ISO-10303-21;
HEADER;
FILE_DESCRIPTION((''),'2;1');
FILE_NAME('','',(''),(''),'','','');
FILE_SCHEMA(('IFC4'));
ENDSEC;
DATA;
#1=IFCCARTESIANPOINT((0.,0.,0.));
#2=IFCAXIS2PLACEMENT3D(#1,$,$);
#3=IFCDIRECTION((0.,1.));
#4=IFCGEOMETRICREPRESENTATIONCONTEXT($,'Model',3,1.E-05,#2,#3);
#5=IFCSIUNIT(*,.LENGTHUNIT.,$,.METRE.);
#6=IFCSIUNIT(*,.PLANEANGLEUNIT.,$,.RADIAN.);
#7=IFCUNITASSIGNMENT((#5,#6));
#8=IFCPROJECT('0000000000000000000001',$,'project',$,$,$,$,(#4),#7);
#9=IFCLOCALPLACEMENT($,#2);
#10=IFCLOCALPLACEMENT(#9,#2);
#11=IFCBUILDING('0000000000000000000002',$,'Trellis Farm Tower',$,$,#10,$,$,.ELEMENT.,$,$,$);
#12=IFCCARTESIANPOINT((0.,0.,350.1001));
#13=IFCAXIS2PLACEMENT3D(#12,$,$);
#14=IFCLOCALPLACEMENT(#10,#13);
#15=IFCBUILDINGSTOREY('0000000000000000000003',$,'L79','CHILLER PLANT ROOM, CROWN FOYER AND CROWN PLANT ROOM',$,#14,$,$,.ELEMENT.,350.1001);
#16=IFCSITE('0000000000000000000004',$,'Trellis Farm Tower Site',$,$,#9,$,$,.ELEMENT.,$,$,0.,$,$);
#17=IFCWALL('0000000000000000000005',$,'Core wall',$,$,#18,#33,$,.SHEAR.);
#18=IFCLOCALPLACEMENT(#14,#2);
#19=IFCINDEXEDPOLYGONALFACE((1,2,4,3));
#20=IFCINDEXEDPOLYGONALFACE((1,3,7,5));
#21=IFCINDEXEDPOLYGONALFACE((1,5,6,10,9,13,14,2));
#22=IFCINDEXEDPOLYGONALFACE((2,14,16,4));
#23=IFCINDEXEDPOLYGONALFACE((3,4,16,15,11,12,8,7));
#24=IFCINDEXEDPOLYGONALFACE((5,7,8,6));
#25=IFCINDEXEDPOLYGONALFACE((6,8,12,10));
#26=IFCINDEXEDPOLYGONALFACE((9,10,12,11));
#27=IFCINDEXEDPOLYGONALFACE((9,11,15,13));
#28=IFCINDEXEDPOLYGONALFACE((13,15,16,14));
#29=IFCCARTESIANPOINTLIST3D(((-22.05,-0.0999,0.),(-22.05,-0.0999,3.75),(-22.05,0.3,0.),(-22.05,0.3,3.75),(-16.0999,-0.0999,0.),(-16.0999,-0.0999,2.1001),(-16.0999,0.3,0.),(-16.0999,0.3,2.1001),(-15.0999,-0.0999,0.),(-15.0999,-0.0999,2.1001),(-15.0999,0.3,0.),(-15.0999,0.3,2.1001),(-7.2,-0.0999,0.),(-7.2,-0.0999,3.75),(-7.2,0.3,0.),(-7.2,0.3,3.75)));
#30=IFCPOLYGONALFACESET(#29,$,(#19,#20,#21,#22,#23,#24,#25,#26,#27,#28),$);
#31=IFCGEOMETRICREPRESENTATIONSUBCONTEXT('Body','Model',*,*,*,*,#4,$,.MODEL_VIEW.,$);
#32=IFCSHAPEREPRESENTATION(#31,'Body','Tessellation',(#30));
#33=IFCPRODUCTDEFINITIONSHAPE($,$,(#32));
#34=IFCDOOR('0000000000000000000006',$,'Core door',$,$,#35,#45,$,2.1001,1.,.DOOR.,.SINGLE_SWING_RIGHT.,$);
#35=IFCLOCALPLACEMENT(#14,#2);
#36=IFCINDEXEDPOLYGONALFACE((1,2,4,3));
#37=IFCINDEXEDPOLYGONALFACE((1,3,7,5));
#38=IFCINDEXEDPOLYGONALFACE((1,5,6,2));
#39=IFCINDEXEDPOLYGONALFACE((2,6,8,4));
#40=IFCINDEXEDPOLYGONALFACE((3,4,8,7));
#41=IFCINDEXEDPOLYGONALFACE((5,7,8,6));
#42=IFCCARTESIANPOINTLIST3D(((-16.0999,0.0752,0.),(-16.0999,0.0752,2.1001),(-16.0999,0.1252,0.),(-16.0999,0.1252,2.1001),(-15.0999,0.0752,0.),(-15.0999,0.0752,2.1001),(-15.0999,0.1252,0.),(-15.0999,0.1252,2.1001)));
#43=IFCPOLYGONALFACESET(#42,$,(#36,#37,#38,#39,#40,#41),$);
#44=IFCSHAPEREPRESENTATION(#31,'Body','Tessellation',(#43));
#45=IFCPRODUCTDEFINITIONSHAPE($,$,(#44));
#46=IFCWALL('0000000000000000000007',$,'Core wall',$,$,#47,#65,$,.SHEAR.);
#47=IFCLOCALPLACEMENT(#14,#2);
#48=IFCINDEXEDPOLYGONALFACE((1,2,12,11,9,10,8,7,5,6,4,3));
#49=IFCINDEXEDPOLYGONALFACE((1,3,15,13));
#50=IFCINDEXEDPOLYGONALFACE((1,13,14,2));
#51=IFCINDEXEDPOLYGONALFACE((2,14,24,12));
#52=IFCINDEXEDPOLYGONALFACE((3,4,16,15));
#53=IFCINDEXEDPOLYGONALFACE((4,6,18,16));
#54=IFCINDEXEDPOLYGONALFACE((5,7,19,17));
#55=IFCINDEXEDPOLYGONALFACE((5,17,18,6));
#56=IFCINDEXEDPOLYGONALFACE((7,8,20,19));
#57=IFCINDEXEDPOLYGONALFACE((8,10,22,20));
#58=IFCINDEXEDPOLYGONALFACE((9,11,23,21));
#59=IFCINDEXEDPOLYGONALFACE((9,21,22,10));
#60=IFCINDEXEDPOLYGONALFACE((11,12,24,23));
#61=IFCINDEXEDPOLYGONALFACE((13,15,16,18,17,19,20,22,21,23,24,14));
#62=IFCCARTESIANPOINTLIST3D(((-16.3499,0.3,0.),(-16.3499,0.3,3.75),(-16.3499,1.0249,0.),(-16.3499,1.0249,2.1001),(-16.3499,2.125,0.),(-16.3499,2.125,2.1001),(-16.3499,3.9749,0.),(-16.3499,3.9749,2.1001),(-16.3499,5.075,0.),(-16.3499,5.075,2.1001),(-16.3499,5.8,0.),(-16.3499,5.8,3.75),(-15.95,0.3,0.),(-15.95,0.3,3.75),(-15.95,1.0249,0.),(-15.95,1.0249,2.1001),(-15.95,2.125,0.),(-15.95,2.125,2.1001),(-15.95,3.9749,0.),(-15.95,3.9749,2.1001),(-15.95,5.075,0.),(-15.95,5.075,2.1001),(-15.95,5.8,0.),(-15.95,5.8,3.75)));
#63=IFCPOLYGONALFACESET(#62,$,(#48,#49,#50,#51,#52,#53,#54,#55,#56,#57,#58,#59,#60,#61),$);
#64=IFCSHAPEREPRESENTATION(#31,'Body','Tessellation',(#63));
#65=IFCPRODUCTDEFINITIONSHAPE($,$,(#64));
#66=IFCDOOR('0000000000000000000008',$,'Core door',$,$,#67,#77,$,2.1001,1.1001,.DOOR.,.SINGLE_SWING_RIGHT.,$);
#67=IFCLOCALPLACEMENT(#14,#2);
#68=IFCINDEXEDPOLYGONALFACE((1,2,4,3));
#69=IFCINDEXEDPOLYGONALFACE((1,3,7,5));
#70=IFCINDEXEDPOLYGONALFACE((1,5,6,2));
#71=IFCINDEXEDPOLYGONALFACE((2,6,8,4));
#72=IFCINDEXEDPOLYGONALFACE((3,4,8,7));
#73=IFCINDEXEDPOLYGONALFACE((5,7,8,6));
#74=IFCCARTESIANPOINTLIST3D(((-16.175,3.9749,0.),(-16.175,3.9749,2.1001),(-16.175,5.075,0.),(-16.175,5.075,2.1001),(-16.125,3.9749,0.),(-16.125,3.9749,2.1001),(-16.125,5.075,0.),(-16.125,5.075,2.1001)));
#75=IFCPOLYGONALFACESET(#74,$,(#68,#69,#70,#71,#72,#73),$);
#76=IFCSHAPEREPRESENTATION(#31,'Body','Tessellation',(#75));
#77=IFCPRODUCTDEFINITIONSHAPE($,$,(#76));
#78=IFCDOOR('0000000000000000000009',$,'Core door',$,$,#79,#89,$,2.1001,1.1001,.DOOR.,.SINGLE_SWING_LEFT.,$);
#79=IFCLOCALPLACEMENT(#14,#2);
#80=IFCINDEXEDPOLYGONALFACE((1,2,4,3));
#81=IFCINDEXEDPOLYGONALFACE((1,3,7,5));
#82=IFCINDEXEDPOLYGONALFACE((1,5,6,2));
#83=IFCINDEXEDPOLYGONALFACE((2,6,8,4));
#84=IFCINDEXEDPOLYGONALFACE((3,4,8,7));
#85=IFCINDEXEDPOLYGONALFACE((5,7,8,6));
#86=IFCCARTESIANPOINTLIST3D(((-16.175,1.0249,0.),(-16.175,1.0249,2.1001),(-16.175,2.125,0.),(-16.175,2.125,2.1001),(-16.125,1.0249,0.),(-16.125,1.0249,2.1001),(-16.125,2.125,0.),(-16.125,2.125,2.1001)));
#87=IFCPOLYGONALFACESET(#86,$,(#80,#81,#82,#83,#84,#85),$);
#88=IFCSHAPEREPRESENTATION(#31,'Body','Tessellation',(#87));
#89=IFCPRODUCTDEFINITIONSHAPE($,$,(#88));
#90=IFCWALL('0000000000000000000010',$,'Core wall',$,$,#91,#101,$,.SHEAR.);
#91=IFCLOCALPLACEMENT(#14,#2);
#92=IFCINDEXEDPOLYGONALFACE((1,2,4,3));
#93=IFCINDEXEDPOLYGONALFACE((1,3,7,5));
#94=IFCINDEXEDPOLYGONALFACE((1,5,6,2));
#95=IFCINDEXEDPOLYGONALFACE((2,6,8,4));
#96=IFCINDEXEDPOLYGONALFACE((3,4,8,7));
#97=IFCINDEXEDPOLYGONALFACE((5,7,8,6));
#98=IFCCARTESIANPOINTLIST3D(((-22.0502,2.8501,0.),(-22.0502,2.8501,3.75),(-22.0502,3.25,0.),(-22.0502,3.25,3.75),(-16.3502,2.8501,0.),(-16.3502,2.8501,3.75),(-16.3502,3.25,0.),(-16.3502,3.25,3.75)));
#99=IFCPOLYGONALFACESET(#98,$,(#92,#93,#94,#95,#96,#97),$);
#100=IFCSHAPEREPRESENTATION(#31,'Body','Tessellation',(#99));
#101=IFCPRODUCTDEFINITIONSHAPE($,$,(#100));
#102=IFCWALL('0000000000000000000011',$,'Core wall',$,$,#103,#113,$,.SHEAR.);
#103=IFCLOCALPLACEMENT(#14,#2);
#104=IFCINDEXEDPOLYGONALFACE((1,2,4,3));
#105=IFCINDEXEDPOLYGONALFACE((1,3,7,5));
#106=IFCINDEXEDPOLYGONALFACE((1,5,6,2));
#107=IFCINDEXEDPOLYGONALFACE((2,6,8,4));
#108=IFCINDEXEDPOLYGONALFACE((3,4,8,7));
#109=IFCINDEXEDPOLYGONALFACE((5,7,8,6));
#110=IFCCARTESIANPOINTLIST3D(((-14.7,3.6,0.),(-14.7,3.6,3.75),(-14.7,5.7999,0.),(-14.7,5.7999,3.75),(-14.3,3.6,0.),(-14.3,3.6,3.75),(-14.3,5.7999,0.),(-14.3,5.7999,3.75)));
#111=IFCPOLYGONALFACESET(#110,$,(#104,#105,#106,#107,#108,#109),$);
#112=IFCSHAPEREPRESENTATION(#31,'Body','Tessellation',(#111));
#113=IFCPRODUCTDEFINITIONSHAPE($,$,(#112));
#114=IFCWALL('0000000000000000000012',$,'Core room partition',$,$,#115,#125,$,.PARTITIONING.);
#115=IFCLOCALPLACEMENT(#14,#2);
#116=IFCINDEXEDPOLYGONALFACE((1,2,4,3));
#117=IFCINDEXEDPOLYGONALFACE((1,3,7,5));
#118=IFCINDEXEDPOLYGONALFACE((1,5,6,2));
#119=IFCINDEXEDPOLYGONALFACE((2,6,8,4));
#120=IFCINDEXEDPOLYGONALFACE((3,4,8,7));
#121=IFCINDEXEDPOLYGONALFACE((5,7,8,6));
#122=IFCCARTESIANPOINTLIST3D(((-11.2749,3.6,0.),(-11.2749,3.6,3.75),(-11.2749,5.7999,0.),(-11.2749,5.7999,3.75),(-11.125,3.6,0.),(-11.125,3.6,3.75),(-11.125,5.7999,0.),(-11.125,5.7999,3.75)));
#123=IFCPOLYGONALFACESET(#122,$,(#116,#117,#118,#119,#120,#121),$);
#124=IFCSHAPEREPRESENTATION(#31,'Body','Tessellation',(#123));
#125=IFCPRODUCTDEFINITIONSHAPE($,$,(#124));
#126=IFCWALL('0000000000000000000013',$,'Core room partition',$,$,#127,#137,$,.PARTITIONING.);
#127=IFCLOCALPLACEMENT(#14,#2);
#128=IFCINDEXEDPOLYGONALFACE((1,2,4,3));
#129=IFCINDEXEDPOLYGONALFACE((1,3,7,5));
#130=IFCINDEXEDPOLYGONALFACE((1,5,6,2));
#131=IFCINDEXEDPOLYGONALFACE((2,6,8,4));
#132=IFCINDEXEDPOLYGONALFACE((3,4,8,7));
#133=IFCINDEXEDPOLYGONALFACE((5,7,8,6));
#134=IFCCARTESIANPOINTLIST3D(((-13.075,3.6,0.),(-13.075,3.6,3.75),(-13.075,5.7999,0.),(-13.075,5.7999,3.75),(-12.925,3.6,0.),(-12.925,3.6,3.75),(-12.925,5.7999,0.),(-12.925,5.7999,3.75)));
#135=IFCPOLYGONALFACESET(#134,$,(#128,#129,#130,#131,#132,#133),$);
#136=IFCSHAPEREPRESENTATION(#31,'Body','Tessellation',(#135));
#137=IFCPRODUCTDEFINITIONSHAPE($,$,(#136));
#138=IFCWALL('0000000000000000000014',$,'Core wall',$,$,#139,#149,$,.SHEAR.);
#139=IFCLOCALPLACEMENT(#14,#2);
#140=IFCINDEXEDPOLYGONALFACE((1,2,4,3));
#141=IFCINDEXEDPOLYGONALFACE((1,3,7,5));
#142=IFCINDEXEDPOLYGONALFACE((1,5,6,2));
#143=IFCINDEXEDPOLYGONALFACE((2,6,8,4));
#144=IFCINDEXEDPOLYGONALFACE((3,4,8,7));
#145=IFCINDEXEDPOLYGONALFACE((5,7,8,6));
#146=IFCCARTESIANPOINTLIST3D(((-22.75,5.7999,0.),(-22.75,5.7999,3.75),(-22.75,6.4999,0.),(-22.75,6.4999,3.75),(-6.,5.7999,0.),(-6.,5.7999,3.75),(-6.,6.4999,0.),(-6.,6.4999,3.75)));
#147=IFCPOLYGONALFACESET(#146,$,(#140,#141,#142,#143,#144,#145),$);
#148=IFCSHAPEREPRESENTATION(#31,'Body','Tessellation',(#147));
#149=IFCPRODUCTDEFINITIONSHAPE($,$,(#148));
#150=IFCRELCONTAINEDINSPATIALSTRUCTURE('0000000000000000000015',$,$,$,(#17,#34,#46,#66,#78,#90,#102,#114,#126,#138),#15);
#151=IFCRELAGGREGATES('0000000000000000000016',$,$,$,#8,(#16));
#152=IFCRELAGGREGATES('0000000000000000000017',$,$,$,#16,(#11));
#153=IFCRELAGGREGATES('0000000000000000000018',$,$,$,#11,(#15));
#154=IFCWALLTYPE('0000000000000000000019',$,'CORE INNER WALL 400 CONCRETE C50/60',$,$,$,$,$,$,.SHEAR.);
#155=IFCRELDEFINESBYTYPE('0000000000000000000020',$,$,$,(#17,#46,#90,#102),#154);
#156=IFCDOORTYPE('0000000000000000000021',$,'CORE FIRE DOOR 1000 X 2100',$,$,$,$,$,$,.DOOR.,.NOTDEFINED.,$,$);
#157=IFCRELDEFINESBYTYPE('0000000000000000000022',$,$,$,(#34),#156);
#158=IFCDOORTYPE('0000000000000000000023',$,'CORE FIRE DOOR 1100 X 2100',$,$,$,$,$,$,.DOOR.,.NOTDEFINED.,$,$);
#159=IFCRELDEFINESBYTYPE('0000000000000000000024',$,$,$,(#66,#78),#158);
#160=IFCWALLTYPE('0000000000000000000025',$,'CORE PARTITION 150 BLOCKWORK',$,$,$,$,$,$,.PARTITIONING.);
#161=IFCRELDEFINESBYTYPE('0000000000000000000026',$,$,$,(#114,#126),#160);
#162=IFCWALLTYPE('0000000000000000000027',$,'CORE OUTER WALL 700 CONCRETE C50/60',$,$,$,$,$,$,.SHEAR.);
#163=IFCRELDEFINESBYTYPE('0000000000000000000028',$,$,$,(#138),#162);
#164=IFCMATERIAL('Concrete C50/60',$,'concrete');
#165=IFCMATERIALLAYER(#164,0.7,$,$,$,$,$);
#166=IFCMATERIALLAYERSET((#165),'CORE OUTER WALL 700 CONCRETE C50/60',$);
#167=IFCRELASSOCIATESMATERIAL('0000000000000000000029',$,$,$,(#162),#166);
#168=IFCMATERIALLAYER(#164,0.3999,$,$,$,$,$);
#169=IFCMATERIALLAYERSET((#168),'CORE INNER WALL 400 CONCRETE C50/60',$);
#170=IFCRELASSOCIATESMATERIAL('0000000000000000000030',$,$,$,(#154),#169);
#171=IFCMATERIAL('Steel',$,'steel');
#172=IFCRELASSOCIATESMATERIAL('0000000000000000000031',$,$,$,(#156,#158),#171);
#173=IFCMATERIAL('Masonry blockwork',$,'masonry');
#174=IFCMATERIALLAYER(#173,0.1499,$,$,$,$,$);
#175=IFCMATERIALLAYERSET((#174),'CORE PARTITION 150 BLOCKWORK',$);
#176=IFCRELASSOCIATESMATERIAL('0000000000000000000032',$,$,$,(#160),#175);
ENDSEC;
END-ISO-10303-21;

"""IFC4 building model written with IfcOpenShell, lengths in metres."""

from ifc_helpers import new_model, si_unit, direction, frame, frame_2d, origin, place, context, subcontext, project, spatial, rectangle, extrude, source, transform, mapped, material, layer, layer_set, type_object, element, fill, save


model = new_model("IFC4")

# Units and contexts
model_context = context("Model", 3, precision=1e-05, world=origin(), true_north=direction((0.0, 1.0)))
body_context = subcontext(model_context, "Body", "Model", "MODEL_VIEW")
ifc_project = project(units=[si_unit("LENGTHUNIT", "METRE"), si_unit("PLANEANGLEUNIT", "RADIAN")], contexts=[model_context])

# Site, building, storey
site_placement = place(None, origin())
site = spatial("IfcSite", under=ifc_project, at=site_placement, Name="Trellis Farm Tower Site", CompositionType="ELEMENT", RefElevation=0.0)
building_placement = place(site_placement, origin())
building = spatial("IfcBuilding", under=site, at=building_placement, Name="Trellis Farm Tower", CompositionType="ELEMENT")
storey_placement = place(building_placement, frame((0.0, 0.0, 350.1001)))
storey = spatial("IfcBuildingStorey", under=building, at=storey_placement, Name="L79", Description="CHILLER PLANT ROOM, CROWN FOYER AND CROWN PLANT ROOM", CompositionType="ELEMENT", Elevation=350.1001)

# Shared definitions
ifc_material_1 = material(Name="Concrete C50/60", Category="concrete")

# Shared definitions
ifc_layer_1 = layer(ifc_material_1, 0.7)
ifc_layer_set_1 = layer_set([ifc_layer_1], Name="CORE OUTER WALL 700 CONCRETE C50/60")
wall_type_1 = type_object("IfcWallType", Name="CORE OUTER WALL 700 CONCRETE C50/60", PredefinedType="SHEAR", material=ifc_layer_set_1)
ifc_material_2 = material(Name="Steel", Category="steel")

# Shared definitions
ifc_layer_2 = layer(ifc_material_1, 0.3999)
ifc_layer_set_2 = layer_set([ifc_layer_2], Name="CORE INNER WALL 400 CONCRETE C50/60")
wall_type_2 = type_object("IfcWallType", Name="CORE INNER WALL 400 CONCRETE C50/60", PredefinedType="SHEAR", material=ifc_layer_set_2)

# Wall, opening, door
shared_shape_1 = source(origin(), body_context, "Body", "SweptSolid", [
    extrude(rectangle(XDim=14.8501, YDim=0.3999, at=frame_2d((7.425, 0.0))), origin(), (0.0, 0.0, 1.0), 3.75),
])
wall_1_placement = place(storey_placement, frame((-7.2, 0.1001, 0.0), z_axis=(0.0, 0.0, 1.0), x_axis=(-1.0, 0.0, 0.0)))
wall_1 = element("IfcWall", 1, at=wall_1_placement, inside=storey, type_object=wall_type_2, Name="Core wall", PredefinedType="SHEAR", context=body_context, shape_type="MappedRepresentation", body=[
    mapped(shared_shape_1, transform((0.0, 0.0, 0.0))),
])
shared_shape_2 = source(origin(), body_context, "Body", "SweptSolid", [
    extrude(rectangle(XDim=1.0, YDim=2.1001, at=frame_2d((0.5, 1.05))), frame((0.0, 0.21, 0.0), z_axis=(0.0, -1.0, 0.0), x_axis=(1.0, 0.0, 0.0)), (0.0, 0.0, 1.0), 0.4199),
])
opening_1_placement = place(wall_1_placement, frame((7.8999, 0.0, 0.0)))
opening_1 = element("IfcOpeningElement", 2, at=opening_1_placement, cuts=wall_1, PredefinedType="OPENING", context=body_context, shape_type="MappedRepresentation", body=[
    mapped(shared_shape_2, transform((0.0, 0.0, 0.0))),
])
door_type_1 = type_object("IfcDoorType", Name="CORE FIRE DOOR 1000 X 2100", OperationType="NOTDEFINED", PredefinedType="DOOR", material=ifc_material_2)
shared_shape_3 = source(origin(), body_context, "Body", "SweptSolid", [
    extrude(rectangle(XDim=1.0, YDim=2.1001, at=frame_2d((0.5, 1.05))), frame((0.0, 0.0249, 0.0), z_axis=(0.0, -1.0, 0.0), x_axis=(1.0, 0.0, 0.0)), (0.0, 0.0, 1.0), 0.05),
])
door_1_placement = place(opening_1_placement, origin())
door_1 = element("IfcDoor", 3, at=door_1_placement, inside=storey, type_object=door_type_1, Name="Core door", OperationType="SINGLE_SWING_RIGHT", OverallHeight=2.1001, OverallWidth=1.0, PredefinedType="DOOR", context=body_context, shape_type="MappedRepresentation", body=[
    mapped(shared_shape_3, transform((0.0, 0.0, 0.0))),
])
fill(opening_1, door_1)

# Wall, openings, doors
shared_shape_4 = source(origin(), body_context, "Body", "SweptSolid", [
    extrude(rectangle(XDim=5.5, YDim=0.3999, at=frame_2d((2.75, 0.0))), origin(), (0.0, 0.0, 1.0), 3.75),
])
wall_2_placement = place(storey_placement, frame((-16.1499, 5.8, 0.0), z_axis=(0.0, 0.0, 1.0), x_axis=(0.0, -1.0, 0.0)))
wall_2 = element("IfcWall", 4, at=wall_2_placement, inside=storey, type_object=wall_type_2, Name="Core wall", PredefinedType="SHEAR", context=body_context, shape_type="MappedRepresentation", body=[
    mapped(shared_shape_4, transform((0.0, 0.0, 0.0))),
])
shared_shape_5 = source(origin(), body_context, "Body", "SweptSolid", [
    extrude(rectangle(XDim=1.1001, YDim=2.1001, at=frame_2d((0.55, 1.05))), frame((0.0, 0.21, 0.0), z_axis=(0.0, -1.0, 0.0), x_axis=(1.0, 0.0, 0.0)), (0.0, 0.0, 1.0), 0.4199),
])
opening_2_placement = place(wall_2_placement, frame((0.7251, 0.0, 0.0)))
opening_2 = element("IfcOpeningElement", 5, at=opening_2_placement, cuts=wall_2, PredefinedType="OPENING", context=body_context, shape_type="MappedRepresentation", body=[
    mapped(shared_shape_5, transform((0.0, 0.0, 0.0))),
])
opening_3_placement = place(wall_2_placement, frame((3.675, 0.0, 0.0)))
opening_3 = element("IfcOpeningElement", 6, at=opening_3_placement, cuts=wall_2, PredefinedType="OPENING", context=body_context, shape_type="MappedRepresentation", body=[
    mapped(shared_shape_5, transform((0.0, 0.0, 0.0))),
])
door_type_2 = type_object("IfcDoorType", Name="CORE FIRE DOOR 1100 X 2100", OperationType="NOTDEFINED", PredefinedType="DOOR", material=ifc_material_2)
shared_shape_6 = source(origin(), body_context, "Body", "SweptSolid", [
    extrude(rectangle(XDim=1.1001, YDim=2.1001, at=frame_2d((0.55, 1.05))), frame((0.0, 0.0249, 0.0), z_axis=(0.0, -1.0, 0.0), x_axis=(1.0, 0.0, 0.0)), (0.0, 0.0, 1.0), 0.05),
])
door_2_placement = place(opening_2_placement, origin())
door_2 = element("IfcDoor", 7, at=door_2_placement, inside=storey, type_object=door_type_2, Name="Core door", OperationType="SINGLE_SWING_RIGHT", OverallHeight=2.1001, OverallWidth=1.1001, PredefinedType="DOOR", context=body_context, shape_type="MappedRepresentation", body=[
    mapped(shared_shape_6, transform((0.0, 0.0, 0.0))),
])
fill(opening_2, door_2)
door_3_placement = place(opening_3_placement, origin())
door_3 = element("IfcDoor", 8, at=door_3_placement, inside=storey, type_object=door_type_2, Name="Core door", OperationType="SINGLE_SWING_LEFT", OverallHeight=2.1001, OverallWidth=1.1001, PredefinedType="DOOR", context=body_context, shape_type="MappedRepresentation", body=[
    mapped(shared_shape_6, transform((0.0, 0.0, 0.0))),
])
fill(opening_3, door_3)

# Walls
shared_shape_7 = source(origin(), body_context, "Body", "SweptSolid", [
    extrude(rectangle(XDim=5.7, YDim=0.3999, at=frame_2d((2.8501, 0.0))), origin(), (0.0, 0.0, 1.0), 3.75),
])
wall_3_placement = place(storey_placement, frame((-16.3501, 3.05, 0.0), z_axis=(0.0, 0.0, 1.0), x_axis=(-1.0, 0.0, 0.0)))
element("IfcWall", 9, at=wall_3_placement, inside=storey, type_object=wall_type_2, Name="Core wall", PredefinedType="SHEAR", context=body_context, shape_type="MappedRepresentation", body=[
    mapped(shared_shape_7, transform((0.0, 0.0, 0.0))),
])
shared_shape_8 = source(origin(), body_context, "Body", "SweptSolid", [
    extrude(rectangle(XDim=2.2, YDim=0.3999, at=frame_2d((1.1001, 0.0))), origin(), (0.0, 0.0, 1.0), 3.75),
])
wall_4_placement = place(storey_placement, frame((-14.5, 5.8, 0.0), z_axis=(0.0, 0.0, 1.0), x_axis=(0.0, -1.0, 0.0)))
element("IfcWall", 10, at=wall_4_placement, inside=storey, type_object=wall_type_2, Name="Core wall", PredefinedType="SHEAR", context=body_context, shape_type="MappedRepresentation", body=[
    mapped(shared_shape_8, transform((0.0, 0.0, 0.0))),
])
ifc_material_3 = material(Name="Masonry blockwork", Category="masonry")
ifc_layer_3 = layer(ifc_material_3, 0.1499)
ifc_layer_set_3 = layer_set([ifc_layer_3], Name="CORE PARTITION 150 BLOCKWORK")
wall_type_3 = type_object("IfcWallType", Name="CORE PARTITION 150 BLOCKWORK", PredefinedType="PARTITIONING", material=ifc_layer_set_3)
shared_shape_9 = source(origin(), body_context, "Body", "SweptSolid", [
    extrude(rectangle(XDim=2.2, YDim=0.1499, at=frame_2d((1.1001, 0.0))), origin(), (0.0, 0.0, 1.0), 3.75),
])
for number, where, z_axis, x_axis, name in (
    (11, (-11.2, 5.8, 0.0), (0.0, 0.0, 1.0), (0.0, -1.0, 0.0), "Core room partition"),
    (12, (-13.0, 5.8, 0.0), (0.0, 0.0, 1.0), (0.0, -1.0, 0.0), "Core room partition"),
):
    element("IfcWall", number, at=place(storey_placement, frame(where, z_axis=z_axis, x_axis=x_axis)), inside=storey, type_object=wall_type_3, Name=name, PredefinedType="PARTITIONING", context=body_context, shape_type="MappedRepresentation", body=[
        mapped(shared_shape_9, transform((0.0, 0.0, 0.0))),
    ])
shared_shape_10 = source(origin(), body_context, "Body", "SweptSolid", [
    extrude(rectangle(XDim=16.75, YDim=0.7, at=frame_2d((8.375, 0.0))), origin(), (0.0, 0.0, 1.0), 3.75),
])
wall_5_placement = place(storey_placement, frame((-6.0, 6.1499, 0.0), z_axis=(0.0, 0.0, 1.0), x_axis=(-1.0, 0.0, 0.0)))
element("IfcWall", 13, at=wall_5_placement, inside=storey, type_object=wall_type_1, Name="Core wall", PredefinedType="SHEAR", context=body_context, shape_type="MappedRepresentation", body=[
    mapped(shared_shape_10, transform((0.0, 0.0, 0.0))),
])

save(model, "model.ifc")
